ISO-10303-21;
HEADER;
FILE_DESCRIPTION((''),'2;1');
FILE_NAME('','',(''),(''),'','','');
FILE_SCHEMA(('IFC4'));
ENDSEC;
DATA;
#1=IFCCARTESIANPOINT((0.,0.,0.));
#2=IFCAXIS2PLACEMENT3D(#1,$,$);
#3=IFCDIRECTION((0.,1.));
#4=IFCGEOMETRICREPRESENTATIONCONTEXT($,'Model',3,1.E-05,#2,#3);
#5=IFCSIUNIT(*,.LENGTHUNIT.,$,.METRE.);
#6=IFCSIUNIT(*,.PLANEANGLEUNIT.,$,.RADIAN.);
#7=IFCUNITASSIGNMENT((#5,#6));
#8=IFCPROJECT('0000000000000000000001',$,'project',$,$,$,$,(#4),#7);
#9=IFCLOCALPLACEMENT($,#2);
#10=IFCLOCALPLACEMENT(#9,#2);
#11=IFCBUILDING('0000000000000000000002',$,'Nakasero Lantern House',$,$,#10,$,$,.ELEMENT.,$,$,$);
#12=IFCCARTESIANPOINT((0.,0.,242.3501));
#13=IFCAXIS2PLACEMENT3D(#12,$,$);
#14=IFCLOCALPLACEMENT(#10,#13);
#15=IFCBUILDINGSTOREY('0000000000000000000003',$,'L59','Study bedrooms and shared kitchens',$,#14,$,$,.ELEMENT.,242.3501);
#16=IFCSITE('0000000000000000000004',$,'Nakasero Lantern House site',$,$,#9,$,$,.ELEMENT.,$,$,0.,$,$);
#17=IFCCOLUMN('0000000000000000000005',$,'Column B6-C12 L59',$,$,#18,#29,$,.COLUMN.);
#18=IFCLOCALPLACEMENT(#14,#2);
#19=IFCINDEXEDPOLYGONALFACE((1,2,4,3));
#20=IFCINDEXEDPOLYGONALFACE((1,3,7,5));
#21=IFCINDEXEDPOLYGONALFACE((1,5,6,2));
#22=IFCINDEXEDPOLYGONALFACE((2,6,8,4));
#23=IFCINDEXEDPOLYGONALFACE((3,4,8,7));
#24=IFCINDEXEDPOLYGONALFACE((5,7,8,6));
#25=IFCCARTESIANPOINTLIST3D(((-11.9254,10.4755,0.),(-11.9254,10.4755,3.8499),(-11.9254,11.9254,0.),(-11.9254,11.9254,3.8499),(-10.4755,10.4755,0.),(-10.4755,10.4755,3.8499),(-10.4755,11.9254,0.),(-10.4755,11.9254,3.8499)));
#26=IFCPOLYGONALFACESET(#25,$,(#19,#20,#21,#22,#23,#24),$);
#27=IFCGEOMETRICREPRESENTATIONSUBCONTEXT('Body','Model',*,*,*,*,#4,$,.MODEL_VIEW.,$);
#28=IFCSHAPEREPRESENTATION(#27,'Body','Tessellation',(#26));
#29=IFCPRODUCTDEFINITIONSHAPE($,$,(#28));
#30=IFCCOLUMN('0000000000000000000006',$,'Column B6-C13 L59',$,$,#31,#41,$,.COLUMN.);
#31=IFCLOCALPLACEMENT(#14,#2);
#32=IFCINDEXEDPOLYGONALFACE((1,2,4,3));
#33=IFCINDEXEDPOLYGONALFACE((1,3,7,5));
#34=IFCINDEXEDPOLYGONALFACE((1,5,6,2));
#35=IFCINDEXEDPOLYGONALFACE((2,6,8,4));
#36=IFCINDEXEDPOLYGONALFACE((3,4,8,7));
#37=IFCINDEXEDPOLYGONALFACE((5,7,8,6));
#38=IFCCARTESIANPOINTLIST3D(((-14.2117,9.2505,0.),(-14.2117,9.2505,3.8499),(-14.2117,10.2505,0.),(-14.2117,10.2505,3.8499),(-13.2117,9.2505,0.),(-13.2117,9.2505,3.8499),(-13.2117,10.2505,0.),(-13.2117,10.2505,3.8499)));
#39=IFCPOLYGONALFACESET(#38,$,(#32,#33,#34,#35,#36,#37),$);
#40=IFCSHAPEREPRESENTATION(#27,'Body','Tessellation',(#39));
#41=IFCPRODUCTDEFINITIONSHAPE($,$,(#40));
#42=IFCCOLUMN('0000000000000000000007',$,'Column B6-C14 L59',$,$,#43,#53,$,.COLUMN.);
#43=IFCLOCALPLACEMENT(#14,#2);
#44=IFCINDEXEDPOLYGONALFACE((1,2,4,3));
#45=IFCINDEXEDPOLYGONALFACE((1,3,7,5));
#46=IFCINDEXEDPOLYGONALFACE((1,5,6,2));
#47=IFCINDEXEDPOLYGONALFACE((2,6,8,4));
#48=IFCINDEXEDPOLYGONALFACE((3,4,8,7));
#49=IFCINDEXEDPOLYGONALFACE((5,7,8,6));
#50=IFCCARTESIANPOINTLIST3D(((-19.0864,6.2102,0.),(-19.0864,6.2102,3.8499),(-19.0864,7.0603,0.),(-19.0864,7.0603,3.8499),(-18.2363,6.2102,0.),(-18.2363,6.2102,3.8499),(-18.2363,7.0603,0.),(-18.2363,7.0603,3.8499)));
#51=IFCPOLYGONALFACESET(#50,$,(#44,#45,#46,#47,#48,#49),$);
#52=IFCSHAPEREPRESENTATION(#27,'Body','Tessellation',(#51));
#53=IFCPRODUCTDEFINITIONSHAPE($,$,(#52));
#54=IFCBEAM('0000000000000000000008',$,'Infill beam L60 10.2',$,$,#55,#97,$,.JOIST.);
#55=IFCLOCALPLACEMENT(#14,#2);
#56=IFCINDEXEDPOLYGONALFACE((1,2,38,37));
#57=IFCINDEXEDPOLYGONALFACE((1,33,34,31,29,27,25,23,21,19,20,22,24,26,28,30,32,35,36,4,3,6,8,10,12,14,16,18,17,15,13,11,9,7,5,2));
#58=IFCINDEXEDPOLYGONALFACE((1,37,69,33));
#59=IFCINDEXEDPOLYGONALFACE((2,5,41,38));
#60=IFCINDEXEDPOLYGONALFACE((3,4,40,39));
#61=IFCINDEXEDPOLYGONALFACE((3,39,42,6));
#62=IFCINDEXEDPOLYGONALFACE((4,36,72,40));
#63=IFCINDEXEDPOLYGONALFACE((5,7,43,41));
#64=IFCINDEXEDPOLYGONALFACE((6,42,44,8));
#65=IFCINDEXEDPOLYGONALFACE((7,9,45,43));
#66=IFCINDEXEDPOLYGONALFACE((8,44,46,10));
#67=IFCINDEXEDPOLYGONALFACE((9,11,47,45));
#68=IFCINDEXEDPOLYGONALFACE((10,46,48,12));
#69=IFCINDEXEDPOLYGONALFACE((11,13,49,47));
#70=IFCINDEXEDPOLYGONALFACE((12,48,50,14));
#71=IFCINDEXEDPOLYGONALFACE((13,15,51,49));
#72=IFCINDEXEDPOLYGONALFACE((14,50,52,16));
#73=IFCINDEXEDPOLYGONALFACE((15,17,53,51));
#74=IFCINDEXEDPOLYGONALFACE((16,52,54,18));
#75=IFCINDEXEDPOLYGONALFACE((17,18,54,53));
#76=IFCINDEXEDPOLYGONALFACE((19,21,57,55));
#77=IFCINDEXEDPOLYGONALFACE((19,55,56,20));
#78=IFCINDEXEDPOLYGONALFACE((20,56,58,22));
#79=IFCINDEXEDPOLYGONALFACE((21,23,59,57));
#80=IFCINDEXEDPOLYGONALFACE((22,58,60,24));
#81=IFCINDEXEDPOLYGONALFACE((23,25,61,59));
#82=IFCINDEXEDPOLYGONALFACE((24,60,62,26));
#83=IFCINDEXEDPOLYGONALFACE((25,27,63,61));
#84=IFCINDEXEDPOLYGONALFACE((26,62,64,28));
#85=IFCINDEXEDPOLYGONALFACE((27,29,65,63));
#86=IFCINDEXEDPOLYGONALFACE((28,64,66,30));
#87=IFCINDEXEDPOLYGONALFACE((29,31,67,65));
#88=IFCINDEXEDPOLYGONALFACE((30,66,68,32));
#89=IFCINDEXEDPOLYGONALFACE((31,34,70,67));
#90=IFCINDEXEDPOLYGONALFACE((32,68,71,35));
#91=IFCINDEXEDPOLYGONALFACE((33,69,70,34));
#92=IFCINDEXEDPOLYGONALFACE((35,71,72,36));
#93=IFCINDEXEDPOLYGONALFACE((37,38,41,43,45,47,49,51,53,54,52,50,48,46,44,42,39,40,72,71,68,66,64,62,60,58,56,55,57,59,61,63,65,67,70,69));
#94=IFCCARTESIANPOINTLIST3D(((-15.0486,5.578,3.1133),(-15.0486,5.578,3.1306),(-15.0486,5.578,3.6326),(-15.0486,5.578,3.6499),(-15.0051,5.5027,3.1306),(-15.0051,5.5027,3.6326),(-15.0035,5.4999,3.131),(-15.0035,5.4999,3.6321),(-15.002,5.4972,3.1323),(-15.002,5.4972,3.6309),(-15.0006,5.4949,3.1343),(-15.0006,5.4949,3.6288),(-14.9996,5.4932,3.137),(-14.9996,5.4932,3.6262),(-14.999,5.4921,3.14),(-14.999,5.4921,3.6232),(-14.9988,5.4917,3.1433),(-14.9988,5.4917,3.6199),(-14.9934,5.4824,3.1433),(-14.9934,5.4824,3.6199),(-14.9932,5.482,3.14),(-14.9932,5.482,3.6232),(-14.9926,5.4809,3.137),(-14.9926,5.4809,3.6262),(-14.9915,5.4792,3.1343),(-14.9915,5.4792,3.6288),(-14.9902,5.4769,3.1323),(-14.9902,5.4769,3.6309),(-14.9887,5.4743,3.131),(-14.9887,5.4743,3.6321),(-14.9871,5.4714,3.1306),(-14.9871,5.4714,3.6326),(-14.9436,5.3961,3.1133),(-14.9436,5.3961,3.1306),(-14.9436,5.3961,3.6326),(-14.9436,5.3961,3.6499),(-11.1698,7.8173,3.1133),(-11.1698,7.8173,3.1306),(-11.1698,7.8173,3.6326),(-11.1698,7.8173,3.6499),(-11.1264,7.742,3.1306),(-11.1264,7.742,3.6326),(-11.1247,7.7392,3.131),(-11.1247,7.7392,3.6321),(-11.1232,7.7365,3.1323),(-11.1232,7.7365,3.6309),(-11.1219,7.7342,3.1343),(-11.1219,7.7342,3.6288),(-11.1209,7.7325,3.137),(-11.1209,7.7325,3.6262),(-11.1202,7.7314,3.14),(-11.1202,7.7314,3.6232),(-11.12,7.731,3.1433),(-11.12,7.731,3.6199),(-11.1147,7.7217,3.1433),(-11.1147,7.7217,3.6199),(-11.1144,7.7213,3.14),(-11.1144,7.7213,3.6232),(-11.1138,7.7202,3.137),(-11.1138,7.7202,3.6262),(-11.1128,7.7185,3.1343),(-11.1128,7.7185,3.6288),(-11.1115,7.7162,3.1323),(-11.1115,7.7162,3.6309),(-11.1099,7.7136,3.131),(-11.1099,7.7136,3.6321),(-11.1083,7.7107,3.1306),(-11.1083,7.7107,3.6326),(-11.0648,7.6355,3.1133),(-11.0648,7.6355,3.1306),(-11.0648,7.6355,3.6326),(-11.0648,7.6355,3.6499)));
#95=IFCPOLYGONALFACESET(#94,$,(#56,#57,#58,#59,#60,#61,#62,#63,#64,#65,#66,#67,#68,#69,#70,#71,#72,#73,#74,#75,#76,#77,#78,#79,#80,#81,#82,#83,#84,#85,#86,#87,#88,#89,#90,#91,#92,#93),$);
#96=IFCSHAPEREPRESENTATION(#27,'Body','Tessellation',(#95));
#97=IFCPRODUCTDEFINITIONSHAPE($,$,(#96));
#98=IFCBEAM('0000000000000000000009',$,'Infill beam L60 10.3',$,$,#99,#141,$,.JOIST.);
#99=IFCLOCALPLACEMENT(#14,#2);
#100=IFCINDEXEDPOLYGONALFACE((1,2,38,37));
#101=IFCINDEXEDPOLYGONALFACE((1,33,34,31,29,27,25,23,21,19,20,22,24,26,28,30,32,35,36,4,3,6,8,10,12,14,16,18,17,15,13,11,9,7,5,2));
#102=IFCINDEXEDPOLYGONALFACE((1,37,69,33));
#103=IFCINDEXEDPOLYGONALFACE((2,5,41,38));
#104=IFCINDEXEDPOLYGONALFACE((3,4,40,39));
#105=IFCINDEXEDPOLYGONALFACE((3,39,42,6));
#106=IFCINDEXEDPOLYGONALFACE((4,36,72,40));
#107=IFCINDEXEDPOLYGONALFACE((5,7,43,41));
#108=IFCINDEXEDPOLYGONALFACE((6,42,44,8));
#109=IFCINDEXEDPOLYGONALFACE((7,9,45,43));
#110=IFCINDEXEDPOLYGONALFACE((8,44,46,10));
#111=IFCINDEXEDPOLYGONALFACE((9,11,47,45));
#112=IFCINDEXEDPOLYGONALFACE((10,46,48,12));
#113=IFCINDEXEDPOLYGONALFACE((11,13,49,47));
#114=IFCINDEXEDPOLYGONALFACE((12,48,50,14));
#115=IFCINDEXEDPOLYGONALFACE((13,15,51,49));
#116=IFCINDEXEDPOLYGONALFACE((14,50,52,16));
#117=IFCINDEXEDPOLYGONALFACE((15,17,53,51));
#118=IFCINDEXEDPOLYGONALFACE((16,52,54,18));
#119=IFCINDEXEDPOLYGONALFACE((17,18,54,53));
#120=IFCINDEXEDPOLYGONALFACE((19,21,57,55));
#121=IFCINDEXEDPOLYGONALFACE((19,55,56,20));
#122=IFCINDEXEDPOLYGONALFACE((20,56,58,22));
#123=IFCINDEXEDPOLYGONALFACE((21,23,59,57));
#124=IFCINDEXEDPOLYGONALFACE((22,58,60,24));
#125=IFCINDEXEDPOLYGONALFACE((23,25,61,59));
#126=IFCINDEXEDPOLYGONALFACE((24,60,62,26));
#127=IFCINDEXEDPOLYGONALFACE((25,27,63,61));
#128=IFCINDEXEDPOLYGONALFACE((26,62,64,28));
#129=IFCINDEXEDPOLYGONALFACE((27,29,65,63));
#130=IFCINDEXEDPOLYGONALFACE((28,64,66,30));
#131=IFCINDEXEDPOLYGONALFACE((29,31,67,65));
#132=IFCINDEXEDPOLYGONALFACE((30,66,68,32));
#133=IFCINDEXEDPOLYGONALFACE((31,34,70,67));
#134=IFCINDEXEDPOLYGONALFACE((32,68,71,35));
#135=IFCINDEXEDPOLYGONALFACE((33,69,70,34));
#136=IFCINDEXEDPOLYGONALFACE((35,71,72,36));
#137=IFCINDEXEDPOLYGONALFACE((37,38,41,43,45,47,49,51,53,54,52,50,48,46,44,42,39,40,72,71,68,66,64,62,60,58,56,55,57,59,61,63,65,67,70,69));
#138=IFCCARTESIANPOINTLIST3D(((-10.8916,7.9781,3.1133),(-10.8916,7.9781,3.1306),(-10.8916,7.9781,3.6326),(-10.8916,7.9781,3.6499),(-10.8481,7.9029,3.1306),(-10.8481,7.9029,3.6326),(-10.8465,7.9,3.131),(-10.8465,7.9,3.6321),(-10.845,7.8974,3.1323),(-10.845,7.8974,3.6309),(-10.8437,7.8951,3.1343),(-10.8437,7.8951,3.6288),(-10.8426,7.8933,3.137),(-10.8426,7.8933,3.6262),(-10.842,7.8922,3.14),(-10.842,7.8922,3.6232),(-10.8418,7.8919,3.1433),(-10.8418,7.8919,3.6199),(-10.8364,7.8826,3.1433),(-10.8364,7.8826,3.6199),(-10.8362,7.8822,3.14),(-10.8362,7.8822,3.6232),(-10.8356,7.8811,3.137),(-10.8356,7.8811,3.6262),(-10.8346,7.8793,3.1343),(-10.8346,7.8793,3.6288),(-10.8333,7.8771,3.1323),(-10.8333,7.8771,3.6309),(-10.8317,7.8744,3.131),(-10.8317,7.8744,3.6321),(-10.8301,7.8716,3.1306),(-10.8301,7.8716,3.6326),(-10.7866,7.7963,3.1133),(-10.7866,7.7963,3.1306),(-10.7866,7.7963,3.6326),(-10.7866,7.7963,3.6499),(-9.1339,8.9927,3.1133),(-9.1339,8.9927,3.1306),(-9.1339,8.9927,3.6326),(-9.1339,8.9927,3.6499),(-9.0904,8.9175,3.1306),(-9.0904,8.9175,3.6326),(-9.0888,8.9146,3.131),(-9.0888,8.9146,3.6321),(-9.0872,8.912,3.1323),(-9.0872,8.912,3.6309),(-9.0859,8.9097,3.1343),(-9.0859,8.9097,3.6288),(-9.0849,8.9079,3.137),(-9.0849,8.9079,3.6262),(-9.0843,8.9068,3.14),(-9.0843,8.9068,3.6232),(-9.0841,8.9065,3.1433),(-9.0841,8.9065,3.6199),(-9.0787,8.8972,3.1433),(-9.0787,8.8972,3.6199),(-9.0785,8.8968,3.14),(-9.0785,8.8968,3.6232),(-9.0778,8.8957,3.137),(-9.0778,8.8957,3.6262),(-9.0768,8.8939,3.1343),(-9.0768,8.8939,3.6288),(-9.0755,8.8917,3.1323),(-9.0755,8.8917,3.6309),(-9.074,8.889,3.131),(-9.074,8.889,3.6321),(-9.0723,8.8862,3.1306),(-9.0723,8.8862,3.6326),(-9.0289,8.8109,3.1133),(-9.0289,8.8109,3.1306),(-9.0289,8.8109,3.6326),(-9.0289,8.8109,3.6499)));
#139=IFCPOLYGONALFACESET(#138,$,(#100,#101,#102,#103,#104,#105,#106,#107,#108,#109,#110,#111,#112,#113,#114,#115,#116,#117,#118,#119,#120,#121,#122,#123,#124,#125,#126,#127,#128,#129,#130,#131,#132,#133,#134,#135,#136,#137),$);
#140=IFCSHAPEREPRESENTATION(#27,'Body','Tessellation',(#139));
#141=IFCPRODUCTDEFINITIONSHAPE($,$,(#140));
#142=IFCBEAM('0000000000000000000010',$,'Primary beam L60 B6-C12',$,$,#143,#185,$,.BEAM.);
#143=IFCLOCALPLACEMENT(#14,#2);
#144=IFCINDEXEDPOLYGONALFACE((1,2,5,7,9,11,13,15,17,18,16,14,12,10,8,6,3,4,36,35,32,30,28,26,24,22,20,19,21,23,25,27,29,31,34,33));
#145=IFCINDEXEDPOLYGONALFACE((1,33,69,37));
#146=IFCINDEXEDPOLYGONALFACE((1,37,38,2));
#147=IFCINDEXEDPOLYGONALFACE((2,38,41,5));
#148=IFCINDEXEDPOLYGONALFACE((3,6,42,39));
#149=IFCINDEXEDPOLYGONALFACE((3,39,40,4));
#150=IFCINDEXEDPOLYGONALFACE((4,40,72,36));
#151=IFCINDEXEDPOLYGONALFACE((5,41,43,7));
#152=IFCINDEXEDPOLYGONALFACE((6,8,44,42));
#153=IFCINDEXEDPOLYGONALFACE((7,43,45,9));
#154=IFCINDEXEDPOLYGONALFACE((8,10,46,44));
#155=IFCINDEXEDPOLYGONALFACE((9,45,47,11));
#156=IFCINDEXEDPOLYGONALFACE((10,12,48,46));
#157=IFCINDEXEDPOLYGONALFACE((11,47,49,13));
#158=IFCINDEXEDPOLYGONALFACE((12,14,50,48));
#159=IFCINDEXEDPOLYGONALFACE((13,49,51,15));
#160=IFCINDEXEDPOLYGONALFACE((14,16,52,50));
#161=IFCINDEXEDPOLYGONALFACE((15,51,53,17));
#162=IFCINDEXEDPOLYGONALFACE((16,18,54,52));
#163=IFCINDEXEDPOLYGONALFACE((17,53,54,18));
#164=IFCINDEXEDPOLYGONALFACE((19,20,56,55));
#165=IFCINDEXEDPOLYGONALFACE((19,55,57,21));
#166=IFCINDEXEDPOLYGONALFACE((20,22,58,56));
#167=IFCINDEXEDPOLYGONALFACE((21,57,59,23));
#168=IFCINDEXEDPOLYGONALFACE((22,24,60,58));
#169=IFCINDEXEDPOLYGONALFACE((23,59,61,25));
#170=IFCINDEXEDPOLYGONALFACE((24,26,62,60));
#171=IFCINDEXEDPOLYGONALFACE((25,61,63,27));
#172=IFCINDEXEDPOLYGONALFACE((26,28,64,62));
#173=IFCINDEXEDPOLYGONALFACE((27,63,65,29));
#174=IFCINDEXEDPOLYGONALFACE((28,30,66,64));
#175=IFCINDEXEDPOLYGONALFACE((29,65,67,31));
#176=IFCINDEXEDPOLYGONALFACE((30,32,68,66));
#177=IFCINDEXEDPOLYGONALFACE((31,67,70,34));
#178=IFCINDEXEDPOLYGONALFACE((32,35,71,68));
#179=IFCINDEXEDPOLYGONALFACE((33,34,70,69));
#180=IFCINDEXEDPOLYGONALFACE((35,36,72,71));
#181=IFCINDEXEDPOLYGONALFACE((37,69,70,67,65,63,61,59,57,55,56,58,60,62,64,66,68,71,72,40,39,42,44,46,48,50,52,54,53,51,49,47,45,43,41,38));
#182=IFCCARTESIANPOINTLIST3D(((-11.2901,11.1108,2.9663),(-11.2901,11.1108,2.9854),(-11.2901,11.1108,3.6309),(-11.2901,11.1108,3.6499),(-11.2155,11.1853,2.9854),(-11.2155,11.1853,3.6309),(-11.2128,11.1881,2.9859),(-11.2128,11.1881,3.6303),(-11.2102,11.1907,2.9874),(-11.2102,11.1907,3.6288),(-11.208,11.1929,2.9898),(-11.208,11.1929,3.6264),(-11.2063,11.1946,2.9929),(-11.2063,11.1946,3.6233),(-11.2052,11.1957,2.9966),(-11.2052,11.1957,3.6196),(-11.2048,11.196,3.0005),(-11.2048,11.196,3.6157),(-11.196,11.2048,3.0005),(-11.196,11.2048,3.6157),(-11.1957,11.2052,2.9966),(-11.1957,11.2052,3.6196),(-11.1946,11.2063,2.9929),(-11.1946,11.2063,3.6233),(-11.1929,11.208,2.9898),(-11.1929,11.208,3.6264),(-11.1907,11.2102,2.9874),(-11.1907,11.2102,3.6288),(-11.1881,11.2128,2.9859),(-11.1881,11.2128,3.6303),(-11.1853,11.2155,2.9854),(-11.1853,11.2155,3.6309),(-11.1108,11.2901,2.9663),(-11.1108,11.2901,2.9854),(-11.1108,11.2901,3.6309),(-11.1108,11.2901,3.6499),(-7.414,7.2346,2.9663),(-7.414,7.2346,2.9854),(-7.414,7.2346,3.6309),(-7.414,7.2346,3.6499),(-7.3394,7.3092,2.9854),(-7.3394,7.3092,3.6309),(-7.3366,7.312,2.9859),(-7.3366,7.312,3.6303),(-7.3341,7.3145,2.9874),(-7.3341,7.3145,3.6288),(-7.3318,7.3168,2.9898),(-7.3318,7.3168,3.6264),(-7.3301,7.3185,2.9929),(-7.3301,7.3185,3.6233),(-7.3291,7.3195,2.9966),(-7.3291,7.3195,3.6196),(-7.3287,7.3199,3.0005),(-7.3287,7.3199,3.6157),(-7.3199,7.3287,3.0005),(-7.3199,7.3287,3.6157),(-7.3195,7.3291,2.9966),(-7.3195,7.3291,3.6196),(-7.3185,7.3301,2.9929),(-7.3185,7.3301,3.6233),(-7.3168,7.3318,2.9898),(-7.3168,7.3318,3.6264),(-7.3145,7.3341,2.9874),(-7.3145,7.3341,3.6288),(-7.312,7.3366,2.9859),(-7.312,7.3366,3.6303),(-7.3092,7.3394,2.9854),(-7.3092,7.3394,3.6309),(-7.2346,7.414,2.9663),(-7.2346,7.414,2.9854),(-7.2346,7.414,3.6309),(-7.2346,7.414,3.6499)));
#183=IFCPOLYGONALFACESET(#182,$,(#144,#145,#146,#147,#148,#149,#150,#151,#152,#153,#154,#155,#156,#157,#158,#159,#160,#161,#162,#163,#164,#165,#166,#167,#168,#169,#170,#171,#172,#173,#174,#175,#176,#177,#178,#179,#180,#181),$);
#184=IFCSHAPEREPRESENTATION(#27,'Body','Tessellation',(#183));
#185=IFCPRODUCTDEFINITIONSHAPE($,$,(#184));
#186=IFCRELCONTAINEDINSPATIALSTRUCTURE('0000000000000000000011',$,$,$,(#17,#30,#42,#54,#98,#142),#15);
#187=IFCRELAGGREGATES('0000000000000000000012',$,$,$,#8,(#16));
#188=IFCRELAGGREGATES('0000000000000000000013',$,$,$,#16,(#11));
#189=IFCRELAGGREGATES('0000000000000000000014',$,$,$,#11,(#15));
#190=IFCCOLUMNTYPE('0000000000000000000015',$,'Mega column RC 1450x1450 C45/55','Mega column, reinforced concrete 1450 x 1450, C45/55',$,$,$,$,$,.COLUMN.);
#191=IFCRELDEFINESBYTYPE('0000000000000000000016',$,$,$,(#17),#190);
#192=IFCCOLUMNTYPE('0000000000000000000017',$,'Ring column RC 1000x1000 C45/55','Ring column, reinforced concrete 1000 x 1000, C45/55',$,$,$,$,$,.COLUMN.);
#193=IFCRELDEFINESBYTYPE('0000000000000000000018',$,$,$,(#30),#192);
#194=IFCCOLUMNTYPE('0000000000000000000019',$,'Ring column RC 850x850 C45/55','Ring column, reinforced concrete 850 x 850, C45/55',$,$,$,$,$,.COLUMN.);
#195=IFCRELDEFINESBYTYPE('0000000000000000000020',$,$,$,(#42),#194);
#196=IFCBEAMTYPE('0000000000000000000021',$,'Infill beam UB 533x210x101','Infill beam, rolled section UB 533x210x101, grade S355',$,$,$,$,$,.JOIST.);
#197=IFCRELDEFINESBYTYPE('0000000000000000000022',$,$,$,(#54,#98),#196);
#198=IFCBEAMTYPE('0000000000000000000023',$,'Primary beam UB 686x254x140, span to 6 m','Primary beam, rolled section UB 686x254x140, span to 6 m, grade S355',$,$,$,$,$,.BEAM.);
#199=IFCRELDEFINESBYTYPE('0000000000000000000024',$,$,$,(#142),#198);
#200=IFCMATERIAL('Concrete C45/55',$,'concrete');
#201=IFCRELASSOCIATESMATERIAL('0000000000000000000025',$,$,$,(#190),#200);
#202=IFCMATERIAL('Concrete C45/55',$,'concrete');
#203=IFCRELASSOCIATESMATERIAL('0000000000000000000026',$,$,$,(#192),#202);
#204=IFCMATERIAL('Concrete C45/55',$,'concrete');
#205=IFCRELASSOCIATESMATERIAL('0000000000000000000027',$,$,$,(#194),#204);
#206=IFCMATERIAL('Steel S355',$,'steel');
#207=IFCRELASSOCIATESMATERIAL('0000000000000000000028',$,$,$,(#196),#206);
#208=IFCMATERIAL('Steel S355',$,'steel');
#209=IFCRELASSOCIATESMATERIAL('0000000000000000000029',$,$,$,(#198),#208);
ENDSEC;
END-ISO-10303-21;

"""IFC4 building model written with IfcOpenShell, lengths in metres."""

from ifc_helpers import new_model, si_unit, direction, frame, origin, origin_2d, place, context, subcontext, project, spatial, rectangle, i_section, extrude, material, material_profile, profile_set, type_object, element, save


model = new_model("IFC4")

# Units and contexts
model_context = context("Model", 3, precision=1e-05, world=origin(), true_north=direction((0.0, 1.0)))
body_context = subcontext(model_context, "Body", "Model", "MODEL_VIEW")
ifc_project = project(units=[si_unit("LENGTHUNIT", "METRE"), si_unit("PLANEANGLEUNIT", "RADIAN")], contexts=[model_context])

# Site, building, storey
site_placement = place(None, origin())
site = spatial("IfcSite", under=ifc_project, at=site_placement, Name="Nakasero Lantern House site", CompositionType="ELEMENT", RefElevation=0.0)
building_placement = place(site_placement, origin())
building = spatial("IfcBuilding", under=site, at=building_placement, Name="Nakasero Lantern House", CompositionType="ELEMENT")
storey_placement = place(building_placement, frame((0.0, 0.0, 242.3501)))
storey = spatial("IfcBuildingStorey", under=building, at=storey_placement, Name="L59", Description="Study bedrooms and shared kitchens", CompositionType="ELEMENT", Elevation=242.3501)

# Columns
ifc_material_1 = material(Name="Concrete C45/55", Category="concrete")
ifc_material_profile_1 = material_profile(ifc_material_1, rectangle(XDim=1.45, YDim=1.45, at=origin_2d()), Name="RC 1450x1450")
ifc_profile_set_1 = profile_set([ifc_material_profile_1], Name="Concrete C45/55")
column_type_1 = type_object("IfcColumnType", Name="Mega column RC 1450x1450 C45/55", Description="Mega column, reinforced concrete 1450 x 1450, C45/55", PredefinedType="COLUMN", material=ifc_profile_set_1)
column_1_placement = place(storey_placement, frame((-11.2004, 11.2004, 0.0), z_axis=(0.0, 0.0, 1.0), x_axis=(1.0, 0.0, 0.0)))
element("IfcColumn", 1, at=column_1_placement, inside=storey, type_object=column_type_1, Name="Column B6-C12 L59", PredefinedType="COLUMN", context=body_context, shape_type="SweptSolid", body=[
    extrude(rectangle(XDim=1.45, YDim=1.45, at=origin_2d()), origin(), (0.0, 0.0, 1.0), 3.8499),
])
ifc_material_2 = material(Name="Concrete C45/55", Category="concrete")
ifc_material_profile_2 = material_profile(ifc_material_2, rectangle(XDim=1.0, YDim=1.0, at=origin_2d()), Name="RC 1000x1000")
ifc_profile_set_2 = profile_set([ifc_material_profile_2], Name="Concrete C45/55")
column_type_2 = type_object("IfcColumnType", Name="Ring column RC 1000x1000 C45/55", Description="Ring column, reinforced concrete 1000 x 1000, C45/55", PredefinedType="COLUMN", material=ifc_profile_set_2)
column_2_placement = place(storey_placement, frame((-13.7117, 9.7505, 0.0), z_axis=(0.0, 0.0, 1.0), x_axis=(1.0, 0.0, 0.0)))
element("IfcColumn", 2, at=column_2_placement, inside=storey, type_object=column_type_2, Name="Column B6-C13 L59", PredefinedType="COLUMN", context=body_context, shape_type="SweptSolid", body=[
    extrude(rectangle(XDim=1.0, YDim=1.0, at=origin_2d()), origin(), (0.0, 0.0, 1.0), 3.8499),
])
ifc_material_3 = material(Name="Concrete C45/55", Category="concrete")
ifc_material_profile_3 = material_profile(ifc_material_3, rectangle(XDim=0.8501, YDim=0.8501, at=origin_2d()), Name="RC 850x850")
ifc_profile_set_3 = profile_set([ifc_material_profile_3], Name="Concrete C45/55")
column_type_3 = type_object("IfcColumnType", Name="Ring column RC 850x850 C45/55", Description="Ring column, reinforced concrete 850 x 850, C45/55", PredefinedType="COLUMN", material=ifc_profile_set_3)
column_3_placement = place(storey_placement, frame((-18.6614, 6.6353, 0.0), z_axis=(0.0, 0.0, 1.0), x_axis=(1.0, 0.0, 0.0)))
element("IfcColumn", 3, at=column_3_placement, inside=storey, type_object=column_type_3, Name="Column B6-C14 L59", PredefinedType="COLUMN", context=body_context, shape_type="SweptSolid", body=[
    extrude(rectangle(XDim=0.8501, YDim=0.8501, at=origin_2d()), origin(), (0.0, 0.0, 1.0), 3.8499),
])

# Beams
ifc_material_4 = material(Name="Steel S355", Category="steel")
ifc_material_profile_4 = material_profile(ifc_material_4, i_section(OverallWidth=0.21, OverallDepth=0.5366, WebThickness=0.0107, FlangeThickness=0.0173, FilletRadius=0.0127, at=origin_2d()), Name="UB 533x210x101")
ifc_profile_set_4 = profile_set([ifc_material_profile_4], Name="Steel S355")
beam_type_1 = type_object("IfcBeamType", Name="Infill beam UB 533x210x101", Description="Infill beam, rolled section UB 533x210x101, grade S355", PredefinedType="JOIST", material=ifc_profile_set_4)
beam_1_placement = place(storey_placement, frame((-14.9961, 5.4871, 3.3816), z_axis=(0.866034, 0.499985, 0.0), x_axis=(-0.499985, 0.866034, 0.0)))
element("IfcBeam", 4, at=beam_1_placement, inside=storey, type_object=beam_type_1, Name="Infill beam L60 10.2", PredefinedType="JOIST", context=body_context, shape_type="SweptSolid", body=[
    extrude(i_section(OverallWidth=0.21, OverallDepth=0.5366, WebThickness=0.0107, FlangeThickness=0.0173, FilletRadius=0.0127, at=origin_2d()), origin(), (0.0, 0.0, 1.0), 4.4788),
])
beam_2_placement = place(storey_placement, frame((-10.8391, 7.8872, 3.3816), z_axis=(0.866073, 0.499917, 0.0), x_axis=(-0.499917, 0.866073, 0.0)))
element("IfcBeam", 5, at=beam_2_placement, inside=storey, type_object=beam_type_1, Name="Infill beam L60 10.3", PredefinedType="JOIST", context=body_context, shape_type="SweptSolid", body=[
    extrude(i_section(OverallWidth=0.21, OverallDepth=0.5366, WebThickness=0.0107, FlangeThickness=0.0173, FilletRadius=0.0127, at=origin_2d()), origin(), (0.0, 0.0, 1.0), 2.0295),
])
ifc_material_5 = material(Name="Steel S355", Category="steel")
ifc_material_profile_5 = material_profile(ifc_material_5, i_section(OverallWidth=0.2537, OverallDepth=0.6836, WebThickness=0.0125, FlangeThickness=0.019, FilletRadius=0.0151, at=origin_2d()), Name="UB 686x254x140")
ifc_profile_set_5 = profile_set([ifc_material_profile_5], Name="Steel S355")
beam_type_2 = type_object("IfcBeamType", Name="Primary beam UB 686x254x140, span to 6 m", Description="Primary beam, rolled section UB 686x254x140, span to 6 m, grade S355", PredefinedType="BEAM", material=ifc_profile_set_5)
beam_3_placement = place(storey_placement, frame((-11.2004, 11.2004, 3.3081), z_axis=(0.707107, -0.707107, 0.0), x_axis=(0.707107, 0.707107, 0.0)))
element("IfcBeam", 6, at=beam_3_placement, inside=storey, type_object=beam_type_2, Name="Primary beam L60 B6-C12", PredefinedType="BEAM", context=body_context, shape_type="SweptSolid", body=[
    extrude(i_section(OverallWidth=0.2537, OverallDepth=0.6836, WebThickness=0.0125, FlangeThickness=0.019, FilletRadius=0.0151, at=origin_2d()), origin(), (0.0, 0.0, 1.0), 5.4817),
])

save(model, "model.ifc")
